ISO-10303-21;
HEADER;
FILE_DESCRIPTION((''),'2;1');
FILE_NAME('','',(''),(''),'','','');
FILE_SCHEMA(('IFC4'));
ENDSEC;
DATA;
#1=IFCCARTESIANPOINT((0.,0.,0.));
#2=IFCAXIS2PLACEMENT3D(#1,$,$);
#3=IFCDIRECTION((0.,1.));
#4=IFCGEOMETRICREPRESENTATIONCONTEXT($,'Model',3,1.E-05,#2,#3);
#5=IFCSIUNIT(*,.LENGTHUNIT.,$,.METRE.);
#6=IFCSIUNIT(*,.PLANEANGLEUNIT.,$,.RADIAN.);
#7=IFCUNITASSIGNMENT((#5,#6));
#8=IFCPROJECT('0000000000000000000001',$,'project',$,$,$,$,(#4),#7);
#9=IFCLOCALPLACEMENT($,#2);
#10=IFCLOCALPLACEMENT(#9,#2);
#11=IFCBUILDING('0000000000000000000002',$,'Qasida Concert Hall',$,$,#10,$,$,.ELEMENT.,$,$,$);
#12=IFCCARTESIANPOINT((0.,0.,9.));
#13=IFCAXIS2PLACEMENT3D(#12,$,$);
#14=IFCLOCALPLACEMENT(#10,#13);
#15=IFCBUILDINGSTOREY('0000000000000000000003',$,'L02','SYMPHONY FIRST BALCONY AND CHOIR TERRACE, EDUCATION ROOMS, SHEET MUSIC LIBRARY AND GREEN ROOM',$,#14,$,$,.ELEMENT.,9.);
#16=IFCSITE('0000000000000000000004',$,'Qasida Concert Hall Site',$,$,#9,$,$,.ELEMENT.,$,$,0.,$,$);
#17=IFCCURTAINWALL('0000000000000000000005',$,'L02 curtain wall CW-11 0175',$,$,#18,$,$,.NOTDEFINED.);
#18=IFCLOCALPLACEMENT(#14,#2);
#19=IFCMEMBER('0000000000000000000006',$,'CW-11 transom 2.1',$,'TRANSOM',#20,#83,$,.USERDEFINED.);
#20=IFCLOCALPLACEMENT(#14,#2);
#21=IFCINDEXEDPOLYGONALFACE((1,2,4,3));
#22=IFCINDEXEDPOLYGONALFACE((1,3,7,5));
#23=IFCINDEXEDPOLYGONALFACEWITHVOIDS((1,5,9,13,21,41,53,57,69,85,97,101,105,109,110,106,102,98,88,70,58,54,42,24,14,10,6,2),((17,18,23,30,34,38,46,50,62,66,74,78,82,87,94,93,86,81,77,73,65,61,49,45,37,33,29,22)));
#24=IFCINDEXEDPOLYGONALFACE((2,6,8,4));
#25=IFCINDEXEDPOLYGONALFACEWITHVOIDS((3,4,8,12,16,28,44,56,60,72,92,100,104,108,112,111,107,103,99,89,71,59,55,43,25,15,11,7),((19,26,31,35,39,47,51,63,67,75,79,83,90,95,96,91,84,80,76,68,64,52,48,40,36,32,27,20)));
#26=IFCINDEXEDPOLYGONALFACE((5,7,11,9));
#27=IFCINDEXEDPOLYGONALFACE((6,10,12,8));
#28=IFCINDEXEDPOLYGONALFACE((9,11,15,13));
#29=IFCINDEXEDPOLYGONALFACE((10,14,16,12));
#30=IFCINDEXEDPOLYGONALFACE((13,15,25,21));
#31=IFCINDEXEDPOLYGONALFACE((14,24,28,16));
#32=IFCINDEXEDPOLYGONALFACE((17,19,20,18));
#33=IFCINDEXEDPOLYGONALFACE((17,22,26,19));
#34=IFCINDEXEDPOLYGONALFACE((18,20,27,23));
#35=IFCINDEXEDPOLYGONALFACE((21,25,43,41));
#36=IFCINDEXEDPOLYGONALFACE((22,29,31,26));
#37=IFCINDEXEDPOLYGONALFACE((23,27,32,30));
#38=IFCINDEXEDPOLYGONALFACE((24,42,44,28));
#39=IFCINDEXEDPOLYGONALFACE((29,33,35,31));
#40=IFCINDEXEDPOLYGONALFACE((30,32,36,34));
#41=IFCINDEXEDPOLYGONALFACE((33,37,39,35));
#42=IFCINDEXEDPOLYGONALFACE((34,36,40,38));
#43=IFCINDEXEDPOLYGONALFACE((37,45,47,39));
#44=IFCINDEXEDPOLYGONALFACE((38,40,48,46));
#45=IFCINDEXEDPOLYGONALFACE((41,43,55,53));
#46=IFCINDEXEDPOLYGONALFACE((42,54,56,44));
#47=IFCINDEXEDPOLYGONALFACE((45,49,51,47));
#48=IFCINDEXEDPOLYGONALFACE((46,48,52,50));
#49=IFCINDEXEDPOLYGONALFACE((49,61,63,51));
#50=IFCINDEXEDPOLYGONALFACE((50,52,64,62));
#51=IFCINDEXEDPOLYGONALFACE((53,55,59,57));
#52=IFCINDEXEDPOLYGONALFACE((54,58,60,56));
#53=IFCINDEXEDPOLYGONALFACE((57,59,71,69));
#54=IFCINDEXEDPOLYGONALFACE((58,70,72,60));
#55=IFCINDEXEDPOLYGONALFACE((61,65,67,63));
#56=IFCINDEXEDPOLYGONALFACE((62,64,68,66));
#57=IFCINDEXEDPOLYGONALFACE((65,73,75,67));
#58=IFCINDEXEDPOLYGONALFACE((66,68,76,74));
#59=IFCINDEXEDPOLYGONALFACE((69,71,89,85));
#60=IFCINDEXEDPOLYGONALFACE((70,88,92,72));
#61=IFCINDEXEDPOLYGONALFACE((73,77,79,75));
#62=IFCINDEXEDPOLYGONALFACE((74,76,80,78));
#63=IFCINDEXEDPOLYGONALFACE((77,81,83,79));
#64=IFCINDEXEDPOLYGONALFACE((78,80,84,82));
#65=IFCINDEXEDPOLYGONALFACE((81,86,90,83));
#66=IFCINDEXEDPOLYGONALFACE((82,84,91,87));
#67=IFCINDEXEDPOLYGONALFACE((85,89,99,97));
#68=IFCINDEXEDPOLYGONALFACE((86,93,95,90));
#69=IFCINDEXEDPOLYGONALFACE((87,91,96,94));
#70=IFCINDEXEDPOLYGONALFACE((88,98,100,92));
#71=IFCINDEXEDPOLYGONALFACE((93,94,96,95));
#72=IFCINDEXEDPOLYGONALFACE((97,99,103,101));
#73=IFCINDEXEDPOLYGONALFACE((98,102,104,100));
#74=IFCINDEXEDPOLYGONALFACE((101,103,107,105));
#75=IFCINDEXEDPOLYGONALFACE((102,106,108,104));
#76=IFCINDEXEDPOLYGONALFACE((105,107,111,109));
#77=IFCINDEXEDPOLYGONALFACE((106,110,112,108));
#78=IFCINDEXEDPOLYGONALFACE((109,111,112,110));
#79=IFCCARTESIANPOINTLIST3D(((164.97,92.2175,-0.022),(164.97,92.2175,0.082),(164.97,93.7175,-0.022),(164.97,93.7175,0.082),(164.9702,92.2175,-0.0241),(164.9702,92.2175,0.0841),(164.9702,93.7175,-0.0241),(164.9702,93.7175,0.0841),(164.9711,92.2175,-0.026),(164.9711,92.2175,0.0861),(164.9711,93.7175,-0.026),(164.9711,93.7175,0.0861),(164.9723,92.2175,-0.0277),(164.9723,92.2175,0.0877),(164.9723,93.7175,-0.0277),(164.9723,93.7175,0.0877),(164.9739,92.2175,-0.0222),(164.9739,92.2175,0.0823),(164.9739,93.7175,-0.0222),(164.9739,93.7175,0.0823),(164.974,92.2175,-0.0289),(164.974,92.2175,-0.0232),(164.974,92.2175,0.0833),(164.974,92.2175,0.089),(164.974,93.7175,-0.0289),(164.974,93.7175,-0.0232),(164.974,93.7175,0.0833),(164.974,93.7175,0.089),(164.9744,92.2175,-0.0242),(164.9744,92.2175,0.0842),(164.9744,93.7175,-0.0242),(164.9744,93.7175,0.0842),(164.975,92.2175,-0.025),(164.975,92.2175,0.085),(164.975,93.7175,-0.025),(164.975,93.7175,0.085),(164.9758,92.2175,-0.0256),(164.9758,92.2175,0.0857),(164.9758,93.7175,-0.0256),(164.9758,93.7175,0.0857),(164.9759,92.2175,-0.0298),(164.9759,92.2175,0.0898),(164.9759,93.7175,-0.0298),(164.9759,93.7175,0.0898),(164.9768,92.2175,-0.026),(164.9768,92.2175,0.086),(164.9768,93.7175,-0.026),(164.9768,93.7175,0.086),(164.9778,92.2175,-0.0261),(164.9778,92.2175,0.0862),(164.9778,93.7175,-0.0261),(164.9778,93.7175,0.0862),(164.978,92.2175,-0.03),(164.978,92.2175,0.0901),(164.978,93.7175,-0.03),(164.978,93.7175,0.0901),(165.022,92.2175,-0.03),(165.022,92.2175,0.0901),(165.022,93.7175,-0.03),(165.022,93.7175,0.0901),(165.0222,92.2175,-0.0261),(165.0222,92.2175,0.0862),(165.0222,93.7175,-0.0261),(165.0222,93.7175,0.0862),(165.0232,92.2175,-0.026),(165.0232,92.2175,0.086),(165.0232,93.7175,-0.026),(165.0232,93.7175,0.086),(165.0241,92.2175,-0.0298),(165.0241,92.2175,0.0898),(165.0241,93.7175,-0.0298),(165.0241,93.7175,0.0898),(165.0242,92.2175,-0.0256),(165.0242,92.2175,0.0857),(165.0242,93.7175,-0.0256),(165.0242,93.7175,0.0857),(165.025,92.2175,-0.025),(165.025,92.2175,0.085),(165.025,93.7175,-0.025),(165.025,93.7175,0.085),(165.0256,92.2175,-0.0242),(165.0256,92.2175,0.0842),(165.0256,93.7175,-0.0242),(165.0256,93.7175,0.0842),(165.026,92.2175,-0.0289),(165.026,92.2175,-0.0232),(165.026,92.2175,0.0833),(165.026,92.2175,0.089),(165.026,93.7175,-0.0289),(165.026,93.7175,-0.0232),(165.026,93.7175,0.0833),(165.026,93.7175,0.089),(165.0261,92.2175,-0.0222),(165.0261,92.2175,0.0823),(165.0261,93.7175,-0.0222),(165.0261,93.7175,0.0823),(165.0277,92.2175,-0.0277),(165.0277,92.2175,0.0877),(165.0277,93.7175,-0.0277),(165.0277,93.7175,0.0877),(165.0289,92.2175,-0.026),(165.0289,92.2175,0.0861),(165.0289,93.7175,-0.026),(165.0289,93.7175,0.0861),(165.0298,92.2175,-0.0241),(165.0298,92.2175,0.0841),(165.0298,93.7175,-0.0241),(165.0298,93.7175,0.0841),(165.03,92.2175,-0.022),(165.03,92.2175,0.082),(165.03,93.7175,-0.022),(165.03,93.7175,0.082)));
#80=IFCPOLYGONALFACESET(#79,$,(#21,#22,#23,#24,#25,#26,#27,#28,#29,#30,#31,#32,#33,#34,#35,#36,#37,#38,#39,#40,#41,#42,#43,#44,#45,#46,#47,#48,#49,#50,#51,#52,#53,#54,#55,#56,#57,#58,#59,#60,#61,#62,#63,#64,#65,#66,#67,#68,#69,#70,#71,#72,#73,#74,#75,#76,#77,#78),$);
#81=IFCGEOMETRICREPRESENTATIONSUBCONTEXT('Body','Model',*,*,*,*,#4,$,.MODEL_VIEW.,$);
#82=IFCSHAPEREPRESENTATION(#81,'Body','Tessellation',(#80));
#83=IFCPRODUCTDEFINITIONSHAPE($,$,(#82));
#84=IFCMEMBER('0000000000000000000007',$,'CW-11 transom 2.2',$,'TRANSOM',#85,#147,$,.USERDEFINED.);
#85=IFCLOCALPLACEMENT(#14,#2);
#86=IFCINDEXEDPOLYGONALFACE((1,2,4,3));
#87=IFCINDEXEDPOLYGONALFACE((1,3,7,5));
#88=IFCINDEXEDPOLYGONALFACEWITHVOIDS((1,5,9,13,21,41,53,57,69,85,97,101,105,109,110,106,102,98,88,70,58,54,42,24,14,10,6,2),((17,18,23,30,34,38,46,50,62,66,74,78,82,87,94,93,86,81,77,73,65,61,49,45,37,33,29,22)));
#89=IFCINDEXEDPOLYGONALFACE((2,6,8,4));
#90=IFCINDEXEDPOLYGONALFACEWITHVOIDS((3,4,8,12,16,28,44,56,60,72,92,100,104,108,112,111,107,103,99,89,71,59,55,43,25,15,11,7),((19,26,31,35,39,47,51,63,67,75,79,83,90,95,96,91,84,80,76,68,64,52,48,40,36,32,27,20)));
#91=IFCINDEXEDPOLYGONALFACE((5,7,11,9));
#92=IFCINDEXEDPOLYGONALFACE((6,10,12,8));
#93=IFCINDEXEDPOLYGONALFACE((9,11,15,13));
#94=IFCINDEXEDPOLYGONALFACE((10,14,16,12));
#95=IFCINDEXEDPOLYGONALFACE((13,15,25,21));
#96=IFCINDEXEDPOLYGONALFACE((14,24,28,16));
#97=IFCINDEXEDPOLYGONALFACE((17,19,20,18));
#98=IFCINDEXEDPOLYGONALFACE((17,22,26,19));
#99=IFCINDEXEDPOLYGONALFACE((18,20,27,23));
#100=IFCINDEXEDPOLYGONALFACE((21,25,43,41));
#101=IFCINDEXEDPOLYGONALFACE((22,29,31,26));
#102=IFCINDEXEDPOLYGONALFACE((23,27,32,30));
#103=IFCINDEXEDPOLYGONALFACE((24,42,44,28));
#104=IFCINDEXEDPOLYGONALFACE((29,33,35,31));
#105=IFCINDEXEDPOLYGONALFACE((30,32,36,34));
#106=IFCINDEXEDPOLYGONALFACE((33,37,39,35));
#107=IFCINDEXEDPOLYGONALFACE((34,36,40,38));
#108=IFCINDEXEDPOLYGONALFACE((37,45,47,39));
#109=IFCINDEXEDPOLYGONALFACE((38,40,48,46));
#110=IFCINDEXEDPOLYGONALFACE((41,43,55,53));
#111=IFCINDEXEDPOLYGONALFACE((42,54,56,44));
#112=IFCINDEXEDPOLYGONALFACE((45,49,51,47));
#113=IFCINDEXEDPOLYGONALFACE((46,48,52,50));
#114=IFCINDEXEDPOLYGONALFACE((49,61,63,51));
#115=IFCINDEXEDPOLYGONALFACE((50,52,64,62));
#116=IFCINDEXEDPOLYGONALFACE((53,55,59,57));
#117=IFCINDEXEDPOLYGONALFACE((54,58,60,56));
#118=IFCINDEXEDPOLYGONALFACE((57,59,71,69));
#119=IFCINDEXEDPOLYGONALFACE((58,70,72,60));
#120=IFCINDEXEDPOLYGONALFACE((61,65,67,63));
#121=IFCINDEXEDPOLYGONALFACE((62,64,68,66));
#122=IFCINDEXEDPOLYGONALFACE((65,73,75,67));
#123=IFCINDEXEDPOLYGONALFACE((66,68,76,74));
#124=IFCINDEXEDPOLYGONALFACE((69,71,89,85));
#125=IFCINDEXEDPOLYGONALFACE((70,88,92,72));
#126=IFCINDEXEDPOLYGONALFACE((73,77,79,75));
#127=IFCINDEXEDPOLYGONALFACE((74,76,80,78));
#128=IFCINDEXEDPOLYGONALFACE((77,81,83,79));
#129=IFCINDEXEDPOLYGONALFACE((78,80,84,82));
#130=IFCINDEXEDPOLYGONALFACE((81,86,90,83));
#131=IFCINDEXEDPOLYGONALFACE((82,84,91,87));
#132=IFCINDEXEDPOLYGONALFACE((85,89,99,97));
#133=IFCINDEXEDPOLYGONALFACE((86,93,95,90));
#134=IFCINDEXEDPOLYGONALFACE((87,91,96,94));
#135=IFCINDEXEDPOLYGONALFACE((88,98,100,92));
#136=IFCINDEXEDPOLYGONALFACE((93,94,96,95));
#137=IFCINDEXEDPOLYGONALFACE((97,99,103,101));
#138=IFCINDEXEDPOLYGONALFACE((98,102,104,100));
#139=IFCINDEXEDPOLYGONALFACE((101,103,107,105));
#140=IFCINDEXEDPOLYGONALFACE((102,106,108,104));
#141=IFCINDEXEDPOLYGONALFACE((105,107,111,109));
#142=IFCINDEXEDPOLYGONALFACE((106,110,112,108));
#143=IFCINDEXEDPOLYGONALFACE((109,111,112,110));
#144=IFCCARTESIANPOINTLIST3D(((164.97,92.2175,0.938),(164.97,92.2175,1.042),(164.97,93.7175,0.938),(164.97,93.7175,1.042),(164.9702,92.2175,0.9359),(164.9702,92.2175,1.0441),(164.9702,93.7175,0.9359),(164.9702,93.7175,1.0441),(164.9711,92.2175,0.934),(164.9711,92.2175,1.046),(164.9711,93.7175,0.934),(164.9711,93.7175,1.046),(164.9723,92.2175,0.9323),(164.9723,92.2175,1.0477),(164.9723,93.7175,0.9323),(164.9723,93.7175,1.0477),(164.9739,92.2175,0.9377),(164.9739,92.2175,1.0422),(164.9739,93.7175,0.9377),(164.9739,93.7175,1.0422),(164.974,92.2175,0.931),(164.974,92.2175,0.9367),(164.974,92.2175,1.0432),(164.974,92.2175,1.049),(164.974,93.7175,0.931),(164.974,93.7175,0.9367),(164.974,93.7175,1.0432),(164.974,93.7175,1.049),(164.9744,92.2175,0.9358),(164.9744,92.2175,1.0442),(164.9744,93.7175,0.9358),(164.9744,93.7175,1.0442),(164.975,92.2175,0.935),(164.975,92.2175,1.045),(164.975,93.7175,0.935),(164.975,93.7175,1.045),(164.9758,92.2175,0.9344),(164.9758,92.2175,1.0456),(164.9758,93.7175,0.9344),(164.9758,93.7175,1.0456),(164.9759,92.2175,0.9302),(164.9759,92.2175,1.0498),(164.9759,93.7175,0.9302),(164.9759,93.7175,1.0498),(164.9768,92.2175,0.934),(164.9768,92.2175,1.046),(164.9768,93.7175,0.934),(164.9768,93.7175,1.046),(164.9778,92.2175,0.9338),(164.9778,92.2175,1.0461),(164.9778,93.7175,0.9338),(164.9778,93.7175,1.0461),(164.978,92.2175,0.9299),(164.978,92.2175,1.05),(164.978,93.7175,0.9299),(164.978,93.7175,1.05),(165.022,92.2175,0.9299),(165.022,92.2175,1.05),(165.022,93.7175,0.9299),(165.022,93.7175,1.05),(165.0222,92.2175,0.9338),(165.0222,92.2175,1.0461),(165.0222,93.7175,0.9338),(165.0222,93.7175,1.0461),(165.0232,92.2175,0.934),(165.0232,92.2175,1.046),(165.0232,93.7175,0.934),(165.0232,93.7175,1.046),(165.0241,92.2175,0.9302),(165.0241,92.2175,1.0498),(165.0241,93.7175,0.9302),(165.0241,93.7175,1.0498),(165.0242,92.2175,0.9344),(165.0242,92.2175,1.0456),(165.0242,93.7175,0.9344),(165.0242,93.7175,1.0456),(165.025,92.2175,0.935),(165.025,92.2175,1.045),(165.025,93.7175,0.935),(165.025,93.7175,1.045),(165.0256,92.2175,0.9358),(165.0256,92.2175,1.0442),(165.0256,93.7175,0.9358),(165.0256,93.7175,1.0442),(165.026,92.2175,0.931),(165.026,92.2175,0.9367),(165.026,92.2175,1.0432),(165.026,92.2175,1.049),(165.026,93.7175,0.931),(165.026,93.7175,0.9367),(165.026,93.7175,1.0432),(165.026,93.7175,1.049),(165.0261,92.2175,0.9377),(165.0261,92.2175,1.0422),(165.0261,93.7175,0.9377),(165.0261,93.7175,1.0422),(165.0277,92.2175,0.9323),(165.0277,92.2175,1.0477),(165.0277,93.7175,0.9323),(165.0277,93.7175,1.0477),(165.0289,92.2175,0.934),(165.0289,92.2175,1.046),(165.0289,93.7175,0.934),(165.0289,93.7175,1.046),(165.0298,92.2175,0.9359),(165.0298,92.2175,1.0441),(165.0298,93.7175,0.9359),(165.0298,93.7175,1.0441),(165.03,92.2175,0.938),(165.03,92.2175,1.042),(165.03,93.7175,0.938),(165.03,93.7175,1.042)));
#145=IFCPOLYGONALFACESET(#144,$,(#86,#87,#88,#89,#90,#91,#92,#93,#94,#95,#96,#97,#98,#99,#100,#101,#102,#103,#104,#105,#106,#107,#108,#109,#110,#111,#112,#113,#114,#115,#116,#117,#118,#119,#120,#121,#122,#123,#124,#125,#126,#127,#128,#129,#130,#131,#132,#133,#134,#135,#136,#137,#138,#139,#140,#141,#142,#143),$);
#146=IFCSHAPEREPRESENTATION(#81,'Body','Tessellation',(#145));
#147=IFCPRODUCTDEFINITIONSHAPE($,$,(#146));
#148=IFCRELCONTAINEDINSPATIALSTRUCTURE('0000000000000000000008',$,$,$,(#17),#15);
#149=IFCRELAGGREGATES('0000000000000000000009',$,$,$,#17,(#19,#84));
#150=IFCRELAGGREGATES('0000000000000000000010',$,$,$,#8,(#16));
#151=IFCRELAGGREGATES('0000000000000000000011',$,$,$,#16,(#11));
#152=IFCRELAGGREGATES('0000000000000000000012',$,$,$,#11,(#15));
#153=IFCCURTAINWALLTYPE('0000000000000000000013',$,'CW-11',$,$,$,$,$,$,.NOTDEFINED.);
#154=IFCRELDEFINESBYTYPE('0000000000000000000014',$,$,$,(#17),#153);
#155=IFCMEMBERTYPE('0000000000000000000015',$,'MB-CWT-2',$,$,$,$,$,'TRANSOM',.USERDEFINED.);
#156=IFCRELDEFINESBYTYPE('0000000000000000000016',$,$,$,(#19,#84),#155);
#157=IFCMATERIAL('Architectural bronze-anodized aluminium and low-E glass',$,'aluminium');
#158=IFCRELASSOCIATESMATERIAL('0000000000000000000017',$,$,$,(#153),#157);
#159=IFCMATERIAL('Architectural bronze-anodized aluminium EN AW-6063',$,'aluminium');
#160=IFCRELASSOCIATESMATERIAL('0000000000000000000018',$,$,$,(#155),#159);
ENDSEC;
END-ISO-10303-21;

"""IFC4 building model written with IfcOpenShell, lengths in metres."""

from ifc_helpers import new_model, si_unit, direction, frame, origin, origin_2d, place, context, subcontext, project, spatial, hollow_rectangle, extrude, material, material_profile, profile_set, type_object, element, aggregate, save


model = new_model("IFC4")

# Units and contexts
model_context = context("Model", 3, precision=1e-05, world=origin(), true_north=direction((0.0, 1.0)))
body_context = subcontext(model_context, "Body", "Model", "MODEL_VIEW")
ifc_project = project(units=[si_unit("LENGTHUNIT", "METRE"), si_unit("PLANEANGLEUNIT", "RADIAN")], contexts=[model_context])

# Site, building, storey
site_placement = place(None, origin())
site = spatial("IfcSite", under=ifc_project, at=site_placement, Name="Qasida Concert Hall Site", CompositionType="ELEMENT", RefElevation=0.0)
building_placement = place(site_placement, origin())
building = spatial("IfcBuilding", under=site, at=building_placement, Name="Qasida Concert Hall", CompositionType="ELEMENT")
storey_placement = place(building_placement, frame((0.0, 0.0, 9.0)))
storey = spatial("IfcBuildingStorey", under=building, at=storey_placement, Name="L02", Description="SYMPHONY FIRST BALCONY AND CHOIR TERRACE, EDUCATION ROOMS, SHEET MUSIC LIBRARY AND GREEN ROOM", CompositionType="ELEMENT", Elevation=9.0)

# Curtain wall, members
ifc_material_1 = material(Name="Architectural bronze-anodized aluminium and low-E glass", Category="aluminium")
curtain_wall_type = type_object("IfcCurtainWallType", Name="CW-11", PredefinedType="NOTDEFINED", material=ifc_material_1)
curtain_wall_placement = place(storey_placement, origin())
curtain_wall = element("IfcCurtainWall", 1, at=curtain_wall_placement, inside=storey, type_object=curtain_wall_type, Name="L02 curtain wall CW-11 0175", PredefinedType="NOTDEFINED")
ifc_material_2 = material(Name="Architectural bronze-anodized aluminium EN AW-6063", Category="aluminium")
ifc_material_profile_1 = material_profile(ifc_material_2, hollow_rectangle(XDim=0.0601, YDim=0.1201, WallThickness=0.0039, InnerFilletRadius=0.0039, OuterFilletRadius=0.0081, at=origin_2d()), Name="CWT 120x60x4")
ifc_profile_set_1 = profile_set([ifc_material_profile_1], Name="Architectural bronze-anodized aluminium EN AW-6063")
member_type_1 = type_object("IfcMemberType", Name="MB-CWT-2", ElementType="TRANSOM", PredefinedType="USERDEFINED", material=ifc_profile_set_1)
member_1_placement = place(storey_placement, frame((165.0, 92.2175, 0.03), z_axis=(0.0, 1.0, 0.0), x_axis=(-1.0, 0.0, 0.0)))
member_1 = element("IfcMember", 2, at=member_1_placement, type_object=member_type_1, Name="CW-11 transom 2.1", ObjectType="TRANSOM", PredefinedType="USERDEFINED", context=body_context, shape_type="SweptSolid", body=[
    extrude(hollow_rectangle(XDim=0.0601, YDim=0.1201, WallThickness=0.0039, InnerFilletRadius=0.0039, OuterFilletRadius=0.0081, at=origin_2d()), origin(), (0.0, 0.0, 1.0), 1.5),
])
member_2_placement = place(storey_placement, frame((165.0, 92.2175, 0.99), z_axis=(0.0, 1.0, 0.0), x_axis=(-1.0, 0.0, 0.0)))
member_2 = element("IfcMember", 3, at=member_2_placement, type_object=member_type_1, Name="CW-11 transom 2.2", ObjectType="TRANSOM", PredefinedType="USERDEFINED", context=body_context, shape_type="SweptSolid", body=[
    extrude(hollow_rectangle(XDim=0.0601, YDim=0.1201, WallThickness=0.0039, InnerFilletRadius=0.0039, OuterFilletRadius=0.0081, at=origin_2d()), origin(), (0.0, 0.0, 1.0), 1.5),
])
aggregate(curtain_wall, [member_1, member_2])

save(model, "model.ifc")
